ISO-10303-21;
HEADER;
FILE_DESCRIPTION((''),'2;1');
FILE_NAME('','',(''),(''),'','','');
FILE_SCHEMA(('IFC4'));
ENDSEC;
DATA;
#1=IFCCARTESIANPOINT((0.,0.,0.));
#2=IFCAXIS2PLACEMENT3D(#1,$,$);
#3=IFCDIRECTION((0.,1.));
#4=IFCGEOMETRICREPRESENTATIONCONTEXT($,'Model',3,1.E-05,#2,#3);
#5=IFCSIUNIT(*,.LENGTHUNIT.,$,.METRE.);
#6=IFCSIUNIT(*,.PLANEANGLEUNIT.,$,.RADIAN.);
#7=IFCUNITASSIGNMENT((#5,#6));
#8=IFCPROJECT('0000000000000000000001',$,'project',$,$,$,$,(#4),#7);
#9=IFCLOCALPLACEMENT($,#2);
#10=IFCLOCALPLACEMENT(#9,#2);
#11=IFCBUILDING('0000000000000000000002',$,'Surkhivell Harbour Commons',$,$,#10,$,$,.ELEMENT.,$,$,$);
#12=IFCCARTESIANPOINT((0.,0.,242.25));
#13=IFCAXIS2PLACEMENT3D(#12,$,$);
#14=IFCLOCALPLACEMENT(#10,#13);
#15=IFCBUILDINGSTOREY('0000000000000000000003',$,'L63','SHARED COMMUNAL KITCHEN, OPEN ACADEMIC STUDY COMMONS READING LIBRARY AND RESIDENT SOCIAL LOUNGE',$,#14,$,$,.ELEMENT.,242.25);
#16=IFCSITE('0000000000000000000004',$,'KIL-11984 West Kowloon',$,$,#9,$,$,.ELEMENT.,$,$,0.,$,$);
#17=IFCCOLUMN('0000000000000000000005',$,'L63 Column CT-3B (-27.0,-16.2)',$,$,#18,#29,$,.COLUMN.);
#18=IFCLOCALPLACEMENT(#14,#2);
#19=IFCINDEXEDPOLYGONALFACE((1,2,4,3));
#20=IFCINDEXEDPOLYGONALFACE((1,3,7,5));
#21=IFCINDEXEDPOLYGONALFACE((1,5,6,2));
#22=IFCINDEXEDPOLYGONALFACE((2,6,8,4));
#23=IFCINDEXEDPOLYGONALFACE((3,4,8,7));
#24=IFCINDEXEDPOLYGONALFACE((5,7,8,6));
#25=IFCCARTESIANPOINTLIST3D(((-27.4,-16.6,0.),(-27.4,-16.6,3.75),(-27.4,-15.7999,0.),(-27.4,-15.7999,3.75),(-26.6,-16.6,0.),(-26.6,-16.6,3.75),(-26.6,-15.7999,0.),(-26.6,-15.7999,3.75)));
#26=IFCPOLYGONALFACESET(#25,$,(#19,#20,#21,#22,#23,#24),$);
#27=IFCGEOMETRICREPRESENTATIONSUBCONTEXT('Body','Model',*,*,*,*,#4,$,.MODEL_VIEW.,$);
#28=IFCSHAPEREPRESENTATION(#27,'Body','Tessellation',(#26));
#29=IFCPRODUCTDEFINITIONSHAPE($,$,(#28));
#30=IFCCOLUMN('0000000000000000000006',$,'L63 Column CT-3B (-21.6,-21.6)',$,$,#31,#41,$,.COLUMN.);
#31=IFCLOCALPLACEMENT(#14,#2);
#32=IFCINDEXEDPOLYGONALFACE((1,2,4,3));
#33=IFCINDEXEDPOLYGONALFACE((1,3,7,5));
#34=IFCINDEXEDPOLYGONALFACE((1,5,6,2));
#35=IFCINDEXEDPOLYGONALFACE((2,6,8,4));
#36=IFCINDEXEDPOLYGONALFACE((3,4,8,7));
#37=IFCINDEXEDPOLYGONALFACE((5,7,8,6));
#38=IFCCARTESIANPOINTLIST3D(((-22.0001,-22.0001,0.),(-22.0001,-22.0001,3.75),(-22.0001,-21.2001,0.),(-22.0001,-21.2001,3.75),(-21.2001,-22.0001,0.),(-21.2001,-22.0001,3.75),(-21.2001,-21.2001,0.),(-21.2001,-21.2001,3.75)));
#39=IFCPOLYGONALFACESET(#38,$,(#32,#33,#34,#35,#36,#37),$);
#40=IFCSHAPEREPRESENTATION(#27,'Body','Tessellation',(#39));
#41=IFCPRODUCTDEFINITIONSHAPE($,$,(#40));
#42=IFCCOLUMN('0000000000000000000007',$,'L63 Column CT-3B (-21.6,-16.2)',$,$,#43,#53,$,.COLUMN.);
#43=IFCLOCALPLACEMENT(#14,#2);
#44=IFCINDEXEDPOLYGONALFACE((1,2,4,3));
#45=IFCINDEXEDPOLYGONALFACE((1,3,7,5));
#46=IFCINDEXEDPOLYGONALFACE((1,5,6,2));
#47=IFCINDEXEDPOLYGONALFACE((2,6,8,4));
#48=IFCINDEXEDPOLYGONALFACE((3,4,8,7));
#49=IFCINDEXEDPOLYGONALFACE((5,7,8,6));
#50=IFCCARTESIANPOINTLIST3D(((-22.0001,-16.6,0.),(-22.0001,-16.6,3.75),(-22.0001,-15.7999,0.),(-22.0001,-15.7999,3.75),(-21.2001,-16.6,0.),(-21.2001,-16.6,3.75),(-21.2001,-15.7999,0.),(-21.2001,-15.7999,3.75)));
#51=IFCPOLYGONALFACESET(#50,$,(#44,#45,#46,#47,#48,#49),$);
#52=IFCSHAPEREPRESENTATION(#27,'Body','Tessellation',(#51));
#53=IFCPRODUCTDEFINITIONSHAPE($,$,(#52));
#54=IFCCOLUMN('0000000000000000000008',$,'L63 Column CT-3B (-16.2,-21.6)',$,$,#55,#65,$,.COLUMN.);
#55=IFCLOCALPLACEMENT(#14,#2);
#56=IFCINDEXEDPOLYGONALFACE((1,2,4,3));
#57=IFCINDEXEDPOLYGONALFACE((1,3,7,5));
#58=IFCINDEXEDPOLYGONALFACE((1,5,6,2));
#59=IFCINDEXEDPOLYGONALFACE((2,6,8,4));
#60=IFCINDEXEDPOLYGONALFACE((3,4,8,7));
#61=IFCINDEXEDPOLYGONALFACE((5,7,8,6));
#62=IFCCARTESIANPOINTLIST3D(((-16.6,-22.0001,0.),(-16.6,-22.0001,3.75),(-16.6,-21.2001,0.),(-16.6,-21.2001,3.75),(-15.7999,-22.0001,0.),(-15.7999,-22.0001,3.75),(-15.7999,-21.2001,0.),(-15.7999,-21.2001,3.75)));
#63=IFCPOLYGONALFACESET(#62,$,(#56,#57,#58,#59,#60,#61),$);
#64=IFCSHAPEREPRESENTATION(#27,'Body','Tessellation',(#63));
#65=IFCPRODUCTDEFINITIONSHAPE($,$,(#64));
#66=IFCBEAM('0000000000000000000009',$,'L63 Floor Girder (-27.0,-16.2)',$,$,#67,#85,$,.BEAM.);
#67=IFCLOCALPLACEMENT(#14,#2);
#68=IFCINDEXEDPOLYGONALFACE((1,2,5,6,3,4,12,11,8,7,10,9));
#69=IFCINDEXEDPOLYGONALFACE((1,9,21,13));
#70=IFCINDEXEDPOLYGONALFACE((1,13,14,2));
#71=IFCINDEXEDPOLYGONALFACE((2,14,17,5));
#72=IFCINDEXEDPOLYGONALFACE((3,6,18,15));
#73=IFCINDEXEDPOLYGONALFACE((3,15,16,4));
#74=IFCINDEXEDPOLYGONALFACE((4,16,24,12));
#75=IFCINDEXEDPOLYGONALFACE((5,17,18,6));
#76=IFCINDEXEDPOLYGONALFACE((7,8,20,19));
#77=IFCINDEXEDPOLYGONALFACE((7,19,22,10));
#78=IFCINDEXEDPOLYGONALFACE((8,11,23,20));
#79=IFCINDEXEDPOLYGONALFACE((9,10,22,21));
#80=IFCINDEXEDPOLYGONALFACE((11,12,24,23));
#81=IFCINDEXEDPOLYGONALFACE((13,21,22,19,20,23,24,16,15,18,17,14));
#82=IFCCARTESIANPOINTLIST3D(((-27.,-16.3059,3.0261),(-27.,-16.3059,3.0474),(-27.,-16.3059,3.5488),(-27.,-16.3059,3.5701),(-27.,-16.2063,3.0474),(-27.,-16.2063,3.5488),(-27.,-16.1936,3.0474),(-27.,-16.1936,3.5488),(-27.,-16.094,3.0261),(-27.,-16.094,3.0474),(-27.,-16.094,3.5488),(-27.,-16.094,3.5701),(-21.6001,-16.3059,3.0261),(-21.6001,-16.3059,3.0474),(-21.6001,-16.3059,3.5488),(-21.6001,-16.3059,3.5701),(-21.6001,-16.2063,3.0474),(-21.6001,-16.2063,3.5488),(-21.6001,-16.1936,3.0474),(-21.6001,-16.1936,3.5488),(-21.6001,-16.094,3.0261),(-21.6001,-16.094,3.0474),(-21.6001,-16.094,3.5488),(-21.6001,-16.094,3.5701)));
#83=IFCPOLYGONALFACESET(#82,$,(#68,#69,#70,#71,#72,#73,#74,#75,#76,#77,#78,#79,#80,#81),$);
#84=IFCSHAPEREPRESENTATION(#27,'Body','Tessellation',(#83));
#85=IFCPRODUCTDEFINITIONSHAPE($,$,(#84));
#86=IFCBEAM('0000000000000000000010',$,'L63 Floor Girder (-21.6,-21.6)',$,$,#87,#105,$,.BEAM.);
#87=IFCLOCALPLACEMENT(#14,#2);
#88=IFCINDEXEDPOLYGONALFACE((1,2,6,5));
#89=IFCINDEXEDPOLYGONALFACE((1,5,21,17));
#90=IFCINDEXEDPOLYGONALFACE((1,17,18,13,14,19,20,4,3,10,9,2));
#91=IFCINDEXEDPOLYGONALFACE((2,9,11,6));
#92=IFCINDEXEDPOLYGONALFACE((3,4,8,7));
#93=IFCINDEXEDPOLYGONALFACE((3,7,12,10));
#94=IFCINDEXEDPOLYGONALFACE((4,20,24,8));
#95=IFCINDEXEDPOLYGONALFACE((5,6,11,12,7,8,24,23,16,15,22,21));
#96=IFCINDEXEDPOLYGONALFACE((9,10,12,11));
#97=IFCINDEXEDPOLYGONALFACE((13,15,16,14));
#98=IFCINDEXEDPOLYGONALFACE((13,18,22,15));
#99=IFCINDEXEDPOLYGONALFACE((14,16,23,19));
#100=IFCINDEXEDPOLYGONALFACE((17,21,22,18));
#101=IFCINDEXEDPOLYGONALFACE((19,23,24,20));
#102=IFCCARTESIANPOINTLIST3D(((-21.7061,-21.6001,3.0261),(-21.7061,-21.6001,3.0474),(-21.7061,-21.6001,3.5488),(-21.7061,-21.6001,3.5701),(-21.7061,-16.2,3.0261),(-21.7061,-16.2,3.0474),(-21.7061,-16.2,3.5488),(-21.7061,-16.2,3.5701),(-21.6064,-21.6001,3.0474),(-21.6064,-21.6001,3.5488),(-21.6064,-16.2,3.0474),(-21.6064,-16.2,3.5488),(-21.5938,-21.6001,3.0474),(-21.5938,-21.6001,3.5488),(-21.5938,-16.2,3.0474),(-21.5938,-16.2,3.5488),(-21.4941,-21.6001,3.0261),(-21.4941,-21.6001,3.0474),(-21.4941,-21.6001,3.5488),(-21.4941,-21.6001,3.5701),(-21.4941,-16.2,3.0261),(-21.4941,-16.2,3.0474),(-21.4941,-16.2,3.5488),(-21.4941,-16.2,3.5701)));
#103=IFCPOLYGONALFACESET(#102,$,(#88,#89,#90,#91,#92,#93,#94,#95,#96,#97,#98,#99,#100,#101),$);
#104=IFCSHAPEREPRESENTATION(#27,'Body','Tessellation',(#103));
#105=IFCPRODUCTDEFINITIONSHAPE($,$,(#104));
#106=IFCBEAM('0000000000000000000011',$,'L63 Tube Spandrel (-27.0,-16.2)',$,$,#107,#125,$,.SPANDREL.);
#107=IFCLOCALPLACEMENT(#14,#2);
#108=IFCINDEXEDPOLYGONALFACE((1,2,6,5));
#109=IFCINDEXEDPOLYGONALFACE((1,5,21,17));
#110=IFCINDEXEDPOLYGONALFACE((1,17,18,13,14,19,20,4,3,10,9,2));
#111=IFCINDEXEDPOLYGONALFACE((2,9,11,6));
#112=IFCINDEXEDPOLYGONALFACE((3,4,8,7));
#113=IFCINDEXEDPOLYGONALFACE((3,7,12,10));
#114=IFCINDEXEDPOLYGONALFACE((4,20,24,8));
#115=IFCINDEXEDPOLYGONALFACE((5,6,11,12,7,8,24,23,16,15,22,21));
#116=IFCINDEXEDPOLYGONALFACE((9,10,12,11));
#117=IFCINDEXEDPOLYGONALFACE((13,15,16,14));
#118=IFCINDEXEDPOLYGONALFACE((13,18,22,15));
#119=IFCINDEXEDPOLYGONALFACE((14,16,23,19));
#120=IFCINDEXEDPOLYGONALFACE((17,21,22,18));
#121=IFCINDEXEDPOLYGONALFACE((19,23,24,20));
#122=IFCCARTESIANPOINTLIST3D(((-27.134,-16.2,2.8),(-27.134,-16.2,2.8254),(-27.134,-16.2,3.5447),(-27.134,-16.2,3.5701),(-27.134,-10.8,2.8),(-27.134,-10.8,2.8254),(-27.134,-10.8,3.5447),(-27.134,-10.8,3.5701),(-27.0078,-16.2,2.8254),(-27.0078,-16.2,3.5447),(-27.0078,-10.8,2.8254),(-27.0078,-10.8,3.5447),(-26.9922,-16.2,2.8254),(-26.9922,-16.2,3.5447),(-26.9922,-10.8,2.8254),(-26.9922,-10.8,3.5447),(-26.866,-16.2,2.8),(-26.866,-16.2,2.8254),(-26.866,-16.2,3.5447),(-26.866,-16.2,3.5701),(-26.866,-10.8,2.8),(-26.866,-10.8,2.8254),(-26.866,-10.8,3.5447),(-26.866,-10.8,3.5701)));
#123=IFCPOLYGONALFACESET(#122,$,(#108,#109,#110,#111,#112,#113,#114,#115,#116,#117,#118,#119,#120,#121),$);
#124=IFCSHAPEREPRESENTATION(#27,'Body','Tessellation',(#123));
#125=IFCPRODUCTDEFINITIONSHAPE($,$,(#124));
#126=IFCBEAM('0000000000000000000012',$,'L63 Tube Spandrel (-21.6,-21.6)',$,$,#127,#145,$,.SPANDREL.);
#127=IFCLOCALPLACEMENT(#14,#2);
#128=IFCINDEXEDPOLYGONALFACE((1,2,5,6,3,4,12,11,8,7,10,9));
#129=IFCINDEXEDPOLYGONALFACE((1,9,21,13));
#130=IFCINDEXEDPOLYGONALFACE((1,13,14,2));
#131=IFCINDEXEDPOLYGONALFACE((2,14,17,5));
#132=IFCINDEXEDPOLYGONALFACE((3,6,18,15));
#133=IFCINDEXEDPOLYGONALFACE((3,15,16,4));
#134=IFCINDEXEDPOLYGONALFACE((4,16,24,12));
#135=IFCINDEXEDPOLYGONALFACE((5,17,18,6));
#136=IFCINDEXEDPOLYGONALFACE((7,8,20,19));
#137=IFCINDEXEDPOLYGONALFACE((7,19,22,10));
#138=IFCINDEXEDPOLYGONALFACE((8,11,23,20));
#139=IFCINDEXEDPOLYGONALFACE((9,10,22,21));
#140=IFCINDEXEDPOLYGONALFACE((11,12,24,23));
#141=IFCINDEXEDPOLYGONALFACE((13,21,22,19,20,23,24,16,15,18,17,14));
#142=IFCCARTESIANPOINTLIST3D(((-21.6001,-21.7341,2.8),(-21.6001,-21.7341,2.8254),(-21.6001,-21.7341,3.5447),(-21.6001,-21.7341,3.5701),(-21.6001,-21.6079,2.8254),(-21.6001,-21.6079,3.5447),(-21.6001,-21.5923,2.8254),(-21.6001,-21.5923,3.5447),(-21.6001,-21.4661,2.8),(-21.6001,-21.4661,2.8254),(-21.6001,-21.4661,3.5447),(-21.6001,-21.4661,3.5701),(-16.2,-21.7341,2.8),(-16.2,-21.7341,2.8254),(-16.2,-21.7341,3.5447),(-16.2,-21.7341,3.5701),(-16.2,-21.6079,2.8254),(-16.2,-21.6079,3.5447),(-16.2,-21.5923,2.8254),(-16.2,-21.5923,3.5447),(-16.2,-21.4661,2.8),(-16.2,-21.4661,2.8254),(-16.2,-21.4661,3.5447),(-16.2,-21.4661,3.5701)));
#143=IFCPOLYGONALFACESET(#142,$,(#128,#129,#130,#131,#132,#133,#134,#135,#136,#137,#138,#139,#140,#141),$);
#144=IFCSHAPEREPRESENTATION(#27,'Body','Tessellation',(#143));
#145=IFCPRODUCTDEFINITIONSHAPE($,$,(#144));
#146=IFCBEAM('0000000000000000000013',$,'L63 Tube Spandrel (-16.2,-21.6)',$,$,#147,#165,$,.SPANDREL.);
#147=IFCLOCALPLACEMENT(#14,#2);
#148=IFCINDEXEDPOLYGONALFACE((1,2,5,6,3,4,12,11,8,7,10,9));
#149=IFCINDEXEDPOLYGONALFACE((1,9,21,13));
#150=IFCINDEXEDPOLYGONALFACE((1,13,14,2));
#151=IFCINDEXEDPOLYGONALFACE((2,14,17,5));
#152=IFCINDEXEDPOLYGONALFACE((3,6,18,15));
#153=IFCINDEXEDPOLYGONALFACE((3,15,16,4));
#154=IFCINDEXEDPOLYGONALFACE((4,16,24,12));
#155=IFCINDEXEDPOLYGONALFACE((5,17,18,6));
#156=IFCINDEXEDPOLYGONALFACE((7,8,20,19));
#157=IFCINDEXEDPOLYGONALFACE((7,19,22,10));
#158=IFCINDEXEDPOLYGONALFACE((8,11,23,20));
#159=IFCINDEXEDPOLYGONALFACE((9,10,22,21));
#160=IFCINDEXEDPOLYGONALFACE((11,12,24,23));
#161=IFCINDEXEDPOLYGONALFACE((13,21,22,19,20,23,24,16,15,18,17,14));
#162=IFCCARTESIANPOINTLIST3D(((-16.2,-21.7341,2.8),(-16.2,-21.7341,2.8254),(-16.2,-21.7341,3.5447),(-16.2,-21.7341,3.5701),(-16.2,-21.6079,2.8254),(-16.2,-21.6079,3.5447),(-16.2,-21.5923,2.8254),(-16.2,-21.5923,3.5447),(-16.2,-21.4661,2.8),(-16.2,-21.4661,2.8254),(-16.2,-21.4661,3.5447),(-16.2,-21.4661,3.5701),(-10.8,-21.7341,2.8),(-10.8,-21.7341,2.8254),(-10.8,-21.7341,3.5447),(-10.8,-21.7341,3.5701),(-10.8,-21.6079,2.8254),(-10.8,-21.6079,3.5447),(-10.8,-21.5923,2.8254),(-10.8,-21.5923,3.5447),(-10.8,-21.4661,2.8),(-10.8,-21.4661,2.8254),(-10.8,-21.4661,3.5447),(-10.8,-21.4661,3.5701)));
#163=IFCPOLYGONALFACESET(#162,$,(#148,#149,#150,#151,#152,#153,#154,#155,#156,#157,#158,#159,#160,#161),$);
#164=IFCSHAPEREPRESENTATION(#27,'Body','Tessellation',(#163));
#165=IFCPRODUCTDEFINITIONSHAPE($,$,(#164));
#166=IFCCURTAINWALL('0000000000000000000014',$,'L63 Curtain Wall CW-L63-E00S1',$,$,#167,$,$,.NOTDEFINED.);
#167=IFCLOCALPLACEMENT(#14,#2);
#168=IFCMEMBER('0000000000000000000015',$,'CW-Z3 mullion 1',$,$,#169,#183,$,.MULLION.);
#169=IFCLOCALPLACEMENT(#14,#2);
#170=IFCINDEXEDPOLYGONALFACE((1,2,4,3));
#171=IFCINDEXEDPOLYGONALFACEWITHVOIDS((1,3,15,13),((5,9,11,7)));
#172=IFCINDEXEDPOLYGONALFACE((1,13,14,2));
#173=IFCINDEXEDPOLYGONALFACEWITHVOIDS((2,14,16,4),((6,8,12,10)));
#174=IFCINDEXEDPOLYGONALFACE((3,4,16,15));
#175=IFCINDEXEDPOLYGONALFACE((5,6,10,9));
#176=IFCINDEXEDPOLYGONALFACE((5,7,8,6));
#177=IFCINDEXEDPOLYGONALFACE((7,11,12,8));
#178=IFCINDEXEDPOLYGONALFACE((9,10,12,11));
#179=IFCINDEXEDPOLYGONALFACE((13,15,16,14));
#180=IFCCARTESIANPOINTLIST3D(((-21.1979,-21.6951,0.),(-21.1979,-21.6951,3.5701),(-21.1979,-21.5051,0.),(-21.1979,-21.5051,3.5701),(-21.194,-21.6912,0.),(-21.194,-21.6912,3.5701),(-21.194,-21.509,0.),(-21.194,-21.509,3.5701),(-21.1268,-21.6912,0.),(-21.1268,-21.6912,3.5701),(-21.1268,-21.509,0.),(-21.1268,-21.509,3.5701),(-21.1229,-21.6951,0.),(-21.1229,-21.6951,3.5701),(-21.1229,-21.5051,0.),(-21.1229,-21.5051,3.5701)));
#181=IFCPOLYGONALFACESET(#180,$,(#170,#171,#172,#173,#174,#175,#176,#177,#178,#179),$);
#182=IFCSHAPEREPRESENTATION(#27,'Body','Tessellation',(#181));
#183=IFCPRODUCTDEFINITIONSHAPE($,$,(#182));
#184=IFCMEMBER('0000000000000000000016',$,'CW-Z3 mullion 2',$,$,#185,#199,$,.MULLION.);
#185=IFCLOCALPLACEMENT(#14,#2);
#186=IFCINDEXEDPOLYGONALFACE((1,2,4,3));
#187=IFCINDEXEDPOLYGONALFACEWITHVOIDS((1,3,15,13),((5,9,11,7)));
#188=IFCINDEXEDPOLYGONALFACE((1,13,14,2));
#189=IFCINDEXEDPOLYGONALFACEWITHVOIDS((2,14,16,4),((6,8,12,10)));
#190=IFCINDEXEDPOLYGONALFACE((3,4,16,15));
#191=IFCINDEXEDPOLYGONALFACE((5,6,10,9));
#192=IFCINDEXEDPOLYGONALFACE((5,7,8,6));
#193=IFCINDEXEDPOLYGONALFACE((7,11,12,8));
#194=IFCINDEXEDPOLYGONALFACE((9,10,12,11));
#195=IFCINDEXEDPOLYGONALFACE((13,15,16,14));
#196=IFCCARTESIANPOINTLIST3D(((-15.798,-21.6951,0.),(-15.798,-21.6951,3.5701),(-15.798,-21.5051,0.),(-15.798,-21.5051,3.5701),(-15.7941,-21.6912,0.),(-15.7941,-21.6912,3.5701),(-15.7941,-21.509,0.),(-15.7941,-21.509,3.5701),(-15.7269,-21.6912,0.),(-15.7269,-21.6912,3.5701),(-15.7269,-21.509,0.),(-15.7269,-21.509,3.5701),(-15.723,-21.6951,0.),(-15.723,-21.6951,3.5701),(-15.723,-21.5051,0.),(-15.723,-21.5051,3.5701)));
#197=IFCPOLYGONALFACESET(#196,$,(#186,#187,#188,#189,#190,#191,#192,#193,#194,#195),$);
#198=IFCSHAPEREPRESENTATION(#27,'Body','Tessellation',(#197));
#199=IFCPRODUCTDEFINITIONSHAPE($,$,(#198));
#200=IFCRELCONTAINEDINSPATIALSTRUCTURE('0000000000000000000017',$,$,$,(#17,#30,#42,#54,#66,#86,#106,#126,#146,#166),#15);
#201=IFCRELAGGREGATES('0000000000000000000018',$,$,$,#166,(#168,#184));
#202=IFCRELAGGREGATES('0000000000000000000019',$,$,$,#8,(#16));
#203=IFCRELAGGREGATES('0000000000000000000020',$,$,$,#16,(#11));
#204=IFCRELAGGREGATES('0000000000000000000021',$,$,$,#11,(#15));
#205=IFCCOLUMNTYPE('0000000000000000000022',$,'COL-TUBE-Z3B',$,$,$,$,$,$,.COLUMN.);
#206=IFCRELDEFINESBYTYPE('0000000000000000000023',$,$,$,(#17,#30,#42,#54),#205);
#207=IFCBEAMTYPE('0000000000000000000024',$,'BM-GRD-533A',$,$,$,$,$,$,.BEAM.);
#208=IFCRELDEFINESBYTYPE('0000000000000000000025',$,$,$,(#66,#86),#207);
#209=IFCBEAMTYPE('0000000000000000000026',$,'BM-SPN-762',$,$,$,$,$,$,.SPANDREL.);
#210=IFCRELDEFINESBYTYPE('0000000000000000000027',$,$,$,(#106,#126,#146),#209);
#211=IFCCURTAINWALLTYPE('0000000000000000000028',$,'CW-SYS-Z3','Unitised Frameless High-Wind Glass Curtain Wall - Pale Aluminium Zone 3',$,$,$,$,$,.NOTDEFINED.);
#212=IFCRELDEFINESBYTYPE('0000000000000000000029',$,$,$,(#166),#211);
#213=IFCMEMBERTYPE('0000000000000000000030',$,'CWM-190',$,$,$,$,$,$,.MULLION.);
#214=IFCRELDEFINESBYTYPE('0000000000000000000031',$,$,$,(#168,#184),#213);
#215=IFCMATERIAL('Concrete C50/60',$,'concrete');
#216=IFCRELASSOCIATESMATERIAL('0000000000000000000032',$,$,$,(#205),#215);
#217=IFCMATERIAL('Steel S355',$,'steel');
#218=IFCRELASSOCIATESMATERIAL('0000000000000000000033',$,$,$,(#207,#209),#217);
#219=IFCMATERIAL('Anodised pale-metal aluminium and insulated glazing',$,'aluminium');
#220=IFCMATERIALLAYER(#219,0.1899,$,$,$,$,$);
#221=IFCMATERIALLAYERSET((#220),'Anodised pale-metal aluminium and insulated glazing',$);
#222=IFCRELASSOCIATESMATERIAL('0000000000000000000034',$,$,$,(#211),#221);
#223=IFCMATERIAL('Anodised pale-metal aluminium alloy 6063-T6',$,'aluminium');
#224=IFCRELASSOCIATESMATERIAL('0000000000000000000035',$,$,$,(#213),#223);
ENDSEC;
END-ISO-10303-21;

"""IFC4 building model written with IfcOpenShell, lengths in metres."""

from ifc_helpers import new_model, si_unit, direction, frame, origin, origin_2d, place, context, subcontext, project, spatial, rectangle, hollow_rectangle, i_section, extrude, material, layer, layer_set, material_profile, profile_set, type_object, element, aggregate, save


model = new_model("IFC4")

# Units and contexts
model_context = context("Model", 3, precision=1e-05, world=origin(), true_north=direction((0.0, 1.0)))
body_context = subcontext(model_context, "Body", "Model", "MODEL_VIEW")
ifc_project = project(units=[si_unit("LENGTHUNIT", "METRE"), si_unit("PLANEANGLEUNIT", "RADIAN")], contexts=[model_context])

# Site, building, storey
site_placement = place(None, origin())
site = spatial("IfcSite", under=ifc_project, at=site_placement, Name="KIL-11984 West Kowloon", CompositionType="ELEMENT", RefElevation=0.0)
building_placement = place(site_placement, origin())
building = spatial("IfcBuilding", under=site, at=building_placement, Name="Surkhivell Harbour Commons", CompositionType="ELEMENT")
storey_placement = place(building_placement, frame((0.0, 0.0, 242.25)))
storey = spatial("IfcBuildingStorey", under=building, at=storey_placement, Name="L63", Description="SHARED COMMUNAL KITCHEN, OPEN ACADEMIC STUDY COMMONS READING LIBRARY AND RESIDENT SOCIAL LOUNGE", CompositionType="ELEMENT", Elevation=242.25)

# Columns
ifc_material_1 = material(Name="Concrete C50/60", Category="concrete")
ifc_material_profile_1 = material_profile(ifc_material_1, rectangle(XDim=0.8, YDim=0.8, at=origin_2d()), Name="RC-COL-800x800")
ifc_profile_set_1 = profile_set([ifc_material_profile_1], Name="Concrete C50/60")
column_type = type_object("IfcColumnType", Name="COL-TUBE-Z3B", PredefinedType="COLUMN", material=ifc_profile_set_1)
for number, where, z_axis, x_axis, name in (
    (1, (-27.0, -16.2, 0.0), (0.0, 0.0, 1.0), (1.0, 0.0, 0.0), "L63 Column CT-3B (-27.0,-16.2)"),
    (2, (-21.6001, -21.6001, 0.0), (0.0, 0.0, 1.0), (1.0, 0.0, 0.0), "L63 Column CT-3B (-21.6,-21.6)"),
    (3, (-21.6001, -16.2, 0.0), (0.0, 0.0, 1.0), (1.0, 0.0, 0.0), "L63 Column CT-3B (-21.6,-16.2)"),
    (4, (-16.2, -21.6001, 0.0), (0.0, 0.0, 1.0), (1.0, 0.0, 0.0), "L63 Column CT-3B (-16.2,-21.6)"),
):
    element("IfcColumn", number, at=place(storey_placement, frame(where, z_axis=z_axis, x_axis=x_axis)), inside=storey, type_object=column_type, Name=name, PredefinedType="COLUMN", context=body_context, shape_type="SweptSolid", body=[
        extrude(rectangle(XDim=0.8, YDim=0.8, at=origin_2d()), origin(), (0.0, 0.0, 1.0), 3.75),
    ])

# Beams
ifc_material_2 = material(Name="Steel S355", Category="steel")
ifc_material_profile_2 = material_profile(ifc_material_2, i_section(OverallWidth=0.2119, OverallDepth=0.5439, WebThickness=0.0127, FlangeThickness=0.0212, at=origin_2d()), Name="UB533x210x122")
ifc_profile_set_2 = profile_set([ifc_material_profile_2], Name="Steel S355")
beam_type_1 = type_object("IfcBeamType", Name="BM-GRD-533A", PredefinedType="BEAM", material=ifc_profile_set_2)
beam_1_placement = place(storey_placement, frame((-27.0, -16.2, 3.2981), z_axis=(1.0, 0.0, 0.0), x_axis=(0.0, 1.0, 0.0)))
element("IfcBeam", 5, at=beam_1_placement, inside=storey, type_object=beam_type_1, Name="L63 Floor Girder (-27.0,-16.2)", PredefinedType="BEAM", context=body_context, shape_type="SweptSolid", body=[
    extrude(i_section(OverallWidth=0.2119, OverallDepth=0.5439, WebThickness=0.0127, FlangeThickness=0.0212, at=origin_2d()), origin(), (0.0, 0.0, 1.0), 5.3999),
])
beam_2_placement = place(storey_placement, frame((-21.6001, -21.6001, 3.2981), z_axis=(0.0, 1.0, 0.0), x_axis=(-1.0, 0.0, 0.0)))
element("IfcBeam", 6, at=beam_2_placement, inside=storey, type_object=beam_type_1, Name="L63 Floor Girder (-21.6,-21.6)", PredefinedType="BEAM", context=body_context, shape_type="SweptSolid", body=[
    extrude(i_section(OverallWidth=0.2119, OverallDepth=0.5439, WebThickness=0.0127, FlangeThickness=0.0212, at=origin_2d()), origin(), (0.0, 0.0, 1.0), 5.4001),
])
ifc_material_profile_3 = material_profile(ifc_material_2, i_section(OverallWidth=0.2681, OverallDepth=0.77, WebThickness=0.0156, FlangeThickness=0.0254, at=origin_2d()), Name="UB762x267x197")
ifc_profile_set_3 = profile_set([ifc_material_profile_3], Name="Steel S355")
beam_type_2 = type_object("IfcBeamType", Name="BM-SPN-762", PredefinedType="SPANDREL", material=ifc_profile_set_3)
beam_3_placement = place(storey_placement, frame((-27.0, -16.2, 3.1851), z_axis=(0.0, 1.0, 0.0), x_axis=(-1.0, 0.0, 0.0)))
element("IfcBeam", 7, at=beam_3_placement, inside=storey, type_object=beam_type_2, Name="L63 Tube Spandrel (-27.0,-16.2)", PredefinedType="SPANDREL", context=body_context, shape_type="SweptSolid", body=[
    extrude(i_section(OverallWidth=0.2681, OverallDepth=0.77, WebThickness=0.0156, FlangeThickness=0.0254, at=origin_2d()), origin(), (0.0, 0.0, 1.0), 5.3999),
])
beam_4_placement = place(storey_placement, frame((-21.6001, -21.6001, 3.1851), z_axis=(1.0, 0.0, 0.0), x_axis=(0.0, 1.0, 0.0)))
element("IfcBeam", 8, at=beam_4_placement, inside=storey, type_object=beam_type_2, Name="L63 Tube Spandrel (-21.6,-21.6)", PredefinedType="SPANDREL", context=body_context, shape_type="SweptSolid", body=[
    extrude(i_section(OverallWidth=0.2681, OverallDepth=0.77, WebThickness=0.0156, FlangeThickness=0.0254, at=origin_2d()), origin(), (0.0, 0.0, 1.0), 5.4001),
])
beam_5_placement = place(storey_placement, frame((-16.2, -21.6001, 3.1851), z_axis=(1.0, 0.0, 0.0), x_axis=(0.0, 1.0, 0.0)))
element("IfcBeam", 9, at=beam_5_placement, inside=storey, type_object=beam_type_2, Name="L63 Tube Spandrel (-16.2,-21.6)", PredefinedType="SPANDREL", context=body_context, shape_type="SweptSolid", body=[
    extrude(i_section(OverallWidth=0.2681, OverallDepth=0.77, WebThickness=0.0156, FlangeThickness=0.0254, at=origin_2d()), origin(), (0.0, 0.0, 1.0), 5.3999),
])

# Curtain wall, members
ifc_material_3 = material(Name="Anodised pale-metal aluminium and insulated glazing", Category="aluminium")
ifc_layer_1 = layer(ifc_material_3, 0.1899)
ifc_layer_set_1 = layer_set([ifc_layer_1], Name="Anodised pale-metal aluminium and insulated glazing")
curtain_wall_type = type_object("IfcCurtainWallType", Name="CW-SYS-Z3", Description="Unitised Frameless High-Wind Glass Curtain Wall - Pale Aluminium Zone 3", PredefinedType="NOTDEFINED", material=ifc_layer_set_1)
curtain_wall_placement = place(storey_placement, origin())
curtain_wall = element("IfcCurtainWall", 10, at=curtain_wall_placement, inside=storey, type_object=curtain_wall_type, Name="L63 Curtain Wall CW-L63-E00S1", PredefinedType="NOTDEFINED")
ifc_material_4 = material(Name="Anodised pale-metal aluminium alloy 6063-T6", Category="aluminium")
ifc_material_profile_4 = material_profile(ifc_material_4, hollow_rectangle(XDim=0.075, YDim=0.1899, WallThickness=0.0039, at=origin_2d()), Name="ALU-MULL-75x190")
ifc_profile_set_4 = profile_set([ifc_material_profile_4], Name="Anodised pale-metal aluminium alloy 6063-T6")
member_type_1 = type_object("IfcMemberType", Name="CWM-190", PredefinedType="MULLION", material=ifc_profile_set_4)
member_1_placement = place(storey_placement, frame((-21.1604, -21.6001, 0.0), z_axis=(0.0, 0.0, 1.0), x_axis=(1.0, 0.0, 0.0)))
member_1 = element("IfcMember", 11, at=member_1_placement, type_object=member_type_1, Name="CW-Z3 mullion 1", PredefinedType="MULLION", context=body_context, shape_type="SweptSolid", body=[
    extrude(hollow_rectangle(XDim=0.075, YDim=0.1899, WallThickness=0.0039, at=origin_2d()), origin(), (0.0, 0.0, 1.0), 3.5701),
])
member_2_placement = place(storey_placement, frame((-15.7605, -21.6001, 0.0), z_axis=(0.0, 0.0, 1.0), x_axis=(1.0, 0.0, 0.0)))
member_2 = element("IfcMember", 12, at=member_2_placement, type_object=member_type_1, Name="CW-Z3 mullion 2", PredefinedType="MULLION", context=body_context, shape_type="SweptSolid", body=[
    extrude(hollow_rectangle(XDim=0.075, YDim=0.1899, WallThickness=0.0039, at=origin_2d()), origin(), (0.0, 0.0, 1.0), 3.5701),
])

aggregate(curtain_wall, [member_1, member_2])

save(model, "model.ifc")
